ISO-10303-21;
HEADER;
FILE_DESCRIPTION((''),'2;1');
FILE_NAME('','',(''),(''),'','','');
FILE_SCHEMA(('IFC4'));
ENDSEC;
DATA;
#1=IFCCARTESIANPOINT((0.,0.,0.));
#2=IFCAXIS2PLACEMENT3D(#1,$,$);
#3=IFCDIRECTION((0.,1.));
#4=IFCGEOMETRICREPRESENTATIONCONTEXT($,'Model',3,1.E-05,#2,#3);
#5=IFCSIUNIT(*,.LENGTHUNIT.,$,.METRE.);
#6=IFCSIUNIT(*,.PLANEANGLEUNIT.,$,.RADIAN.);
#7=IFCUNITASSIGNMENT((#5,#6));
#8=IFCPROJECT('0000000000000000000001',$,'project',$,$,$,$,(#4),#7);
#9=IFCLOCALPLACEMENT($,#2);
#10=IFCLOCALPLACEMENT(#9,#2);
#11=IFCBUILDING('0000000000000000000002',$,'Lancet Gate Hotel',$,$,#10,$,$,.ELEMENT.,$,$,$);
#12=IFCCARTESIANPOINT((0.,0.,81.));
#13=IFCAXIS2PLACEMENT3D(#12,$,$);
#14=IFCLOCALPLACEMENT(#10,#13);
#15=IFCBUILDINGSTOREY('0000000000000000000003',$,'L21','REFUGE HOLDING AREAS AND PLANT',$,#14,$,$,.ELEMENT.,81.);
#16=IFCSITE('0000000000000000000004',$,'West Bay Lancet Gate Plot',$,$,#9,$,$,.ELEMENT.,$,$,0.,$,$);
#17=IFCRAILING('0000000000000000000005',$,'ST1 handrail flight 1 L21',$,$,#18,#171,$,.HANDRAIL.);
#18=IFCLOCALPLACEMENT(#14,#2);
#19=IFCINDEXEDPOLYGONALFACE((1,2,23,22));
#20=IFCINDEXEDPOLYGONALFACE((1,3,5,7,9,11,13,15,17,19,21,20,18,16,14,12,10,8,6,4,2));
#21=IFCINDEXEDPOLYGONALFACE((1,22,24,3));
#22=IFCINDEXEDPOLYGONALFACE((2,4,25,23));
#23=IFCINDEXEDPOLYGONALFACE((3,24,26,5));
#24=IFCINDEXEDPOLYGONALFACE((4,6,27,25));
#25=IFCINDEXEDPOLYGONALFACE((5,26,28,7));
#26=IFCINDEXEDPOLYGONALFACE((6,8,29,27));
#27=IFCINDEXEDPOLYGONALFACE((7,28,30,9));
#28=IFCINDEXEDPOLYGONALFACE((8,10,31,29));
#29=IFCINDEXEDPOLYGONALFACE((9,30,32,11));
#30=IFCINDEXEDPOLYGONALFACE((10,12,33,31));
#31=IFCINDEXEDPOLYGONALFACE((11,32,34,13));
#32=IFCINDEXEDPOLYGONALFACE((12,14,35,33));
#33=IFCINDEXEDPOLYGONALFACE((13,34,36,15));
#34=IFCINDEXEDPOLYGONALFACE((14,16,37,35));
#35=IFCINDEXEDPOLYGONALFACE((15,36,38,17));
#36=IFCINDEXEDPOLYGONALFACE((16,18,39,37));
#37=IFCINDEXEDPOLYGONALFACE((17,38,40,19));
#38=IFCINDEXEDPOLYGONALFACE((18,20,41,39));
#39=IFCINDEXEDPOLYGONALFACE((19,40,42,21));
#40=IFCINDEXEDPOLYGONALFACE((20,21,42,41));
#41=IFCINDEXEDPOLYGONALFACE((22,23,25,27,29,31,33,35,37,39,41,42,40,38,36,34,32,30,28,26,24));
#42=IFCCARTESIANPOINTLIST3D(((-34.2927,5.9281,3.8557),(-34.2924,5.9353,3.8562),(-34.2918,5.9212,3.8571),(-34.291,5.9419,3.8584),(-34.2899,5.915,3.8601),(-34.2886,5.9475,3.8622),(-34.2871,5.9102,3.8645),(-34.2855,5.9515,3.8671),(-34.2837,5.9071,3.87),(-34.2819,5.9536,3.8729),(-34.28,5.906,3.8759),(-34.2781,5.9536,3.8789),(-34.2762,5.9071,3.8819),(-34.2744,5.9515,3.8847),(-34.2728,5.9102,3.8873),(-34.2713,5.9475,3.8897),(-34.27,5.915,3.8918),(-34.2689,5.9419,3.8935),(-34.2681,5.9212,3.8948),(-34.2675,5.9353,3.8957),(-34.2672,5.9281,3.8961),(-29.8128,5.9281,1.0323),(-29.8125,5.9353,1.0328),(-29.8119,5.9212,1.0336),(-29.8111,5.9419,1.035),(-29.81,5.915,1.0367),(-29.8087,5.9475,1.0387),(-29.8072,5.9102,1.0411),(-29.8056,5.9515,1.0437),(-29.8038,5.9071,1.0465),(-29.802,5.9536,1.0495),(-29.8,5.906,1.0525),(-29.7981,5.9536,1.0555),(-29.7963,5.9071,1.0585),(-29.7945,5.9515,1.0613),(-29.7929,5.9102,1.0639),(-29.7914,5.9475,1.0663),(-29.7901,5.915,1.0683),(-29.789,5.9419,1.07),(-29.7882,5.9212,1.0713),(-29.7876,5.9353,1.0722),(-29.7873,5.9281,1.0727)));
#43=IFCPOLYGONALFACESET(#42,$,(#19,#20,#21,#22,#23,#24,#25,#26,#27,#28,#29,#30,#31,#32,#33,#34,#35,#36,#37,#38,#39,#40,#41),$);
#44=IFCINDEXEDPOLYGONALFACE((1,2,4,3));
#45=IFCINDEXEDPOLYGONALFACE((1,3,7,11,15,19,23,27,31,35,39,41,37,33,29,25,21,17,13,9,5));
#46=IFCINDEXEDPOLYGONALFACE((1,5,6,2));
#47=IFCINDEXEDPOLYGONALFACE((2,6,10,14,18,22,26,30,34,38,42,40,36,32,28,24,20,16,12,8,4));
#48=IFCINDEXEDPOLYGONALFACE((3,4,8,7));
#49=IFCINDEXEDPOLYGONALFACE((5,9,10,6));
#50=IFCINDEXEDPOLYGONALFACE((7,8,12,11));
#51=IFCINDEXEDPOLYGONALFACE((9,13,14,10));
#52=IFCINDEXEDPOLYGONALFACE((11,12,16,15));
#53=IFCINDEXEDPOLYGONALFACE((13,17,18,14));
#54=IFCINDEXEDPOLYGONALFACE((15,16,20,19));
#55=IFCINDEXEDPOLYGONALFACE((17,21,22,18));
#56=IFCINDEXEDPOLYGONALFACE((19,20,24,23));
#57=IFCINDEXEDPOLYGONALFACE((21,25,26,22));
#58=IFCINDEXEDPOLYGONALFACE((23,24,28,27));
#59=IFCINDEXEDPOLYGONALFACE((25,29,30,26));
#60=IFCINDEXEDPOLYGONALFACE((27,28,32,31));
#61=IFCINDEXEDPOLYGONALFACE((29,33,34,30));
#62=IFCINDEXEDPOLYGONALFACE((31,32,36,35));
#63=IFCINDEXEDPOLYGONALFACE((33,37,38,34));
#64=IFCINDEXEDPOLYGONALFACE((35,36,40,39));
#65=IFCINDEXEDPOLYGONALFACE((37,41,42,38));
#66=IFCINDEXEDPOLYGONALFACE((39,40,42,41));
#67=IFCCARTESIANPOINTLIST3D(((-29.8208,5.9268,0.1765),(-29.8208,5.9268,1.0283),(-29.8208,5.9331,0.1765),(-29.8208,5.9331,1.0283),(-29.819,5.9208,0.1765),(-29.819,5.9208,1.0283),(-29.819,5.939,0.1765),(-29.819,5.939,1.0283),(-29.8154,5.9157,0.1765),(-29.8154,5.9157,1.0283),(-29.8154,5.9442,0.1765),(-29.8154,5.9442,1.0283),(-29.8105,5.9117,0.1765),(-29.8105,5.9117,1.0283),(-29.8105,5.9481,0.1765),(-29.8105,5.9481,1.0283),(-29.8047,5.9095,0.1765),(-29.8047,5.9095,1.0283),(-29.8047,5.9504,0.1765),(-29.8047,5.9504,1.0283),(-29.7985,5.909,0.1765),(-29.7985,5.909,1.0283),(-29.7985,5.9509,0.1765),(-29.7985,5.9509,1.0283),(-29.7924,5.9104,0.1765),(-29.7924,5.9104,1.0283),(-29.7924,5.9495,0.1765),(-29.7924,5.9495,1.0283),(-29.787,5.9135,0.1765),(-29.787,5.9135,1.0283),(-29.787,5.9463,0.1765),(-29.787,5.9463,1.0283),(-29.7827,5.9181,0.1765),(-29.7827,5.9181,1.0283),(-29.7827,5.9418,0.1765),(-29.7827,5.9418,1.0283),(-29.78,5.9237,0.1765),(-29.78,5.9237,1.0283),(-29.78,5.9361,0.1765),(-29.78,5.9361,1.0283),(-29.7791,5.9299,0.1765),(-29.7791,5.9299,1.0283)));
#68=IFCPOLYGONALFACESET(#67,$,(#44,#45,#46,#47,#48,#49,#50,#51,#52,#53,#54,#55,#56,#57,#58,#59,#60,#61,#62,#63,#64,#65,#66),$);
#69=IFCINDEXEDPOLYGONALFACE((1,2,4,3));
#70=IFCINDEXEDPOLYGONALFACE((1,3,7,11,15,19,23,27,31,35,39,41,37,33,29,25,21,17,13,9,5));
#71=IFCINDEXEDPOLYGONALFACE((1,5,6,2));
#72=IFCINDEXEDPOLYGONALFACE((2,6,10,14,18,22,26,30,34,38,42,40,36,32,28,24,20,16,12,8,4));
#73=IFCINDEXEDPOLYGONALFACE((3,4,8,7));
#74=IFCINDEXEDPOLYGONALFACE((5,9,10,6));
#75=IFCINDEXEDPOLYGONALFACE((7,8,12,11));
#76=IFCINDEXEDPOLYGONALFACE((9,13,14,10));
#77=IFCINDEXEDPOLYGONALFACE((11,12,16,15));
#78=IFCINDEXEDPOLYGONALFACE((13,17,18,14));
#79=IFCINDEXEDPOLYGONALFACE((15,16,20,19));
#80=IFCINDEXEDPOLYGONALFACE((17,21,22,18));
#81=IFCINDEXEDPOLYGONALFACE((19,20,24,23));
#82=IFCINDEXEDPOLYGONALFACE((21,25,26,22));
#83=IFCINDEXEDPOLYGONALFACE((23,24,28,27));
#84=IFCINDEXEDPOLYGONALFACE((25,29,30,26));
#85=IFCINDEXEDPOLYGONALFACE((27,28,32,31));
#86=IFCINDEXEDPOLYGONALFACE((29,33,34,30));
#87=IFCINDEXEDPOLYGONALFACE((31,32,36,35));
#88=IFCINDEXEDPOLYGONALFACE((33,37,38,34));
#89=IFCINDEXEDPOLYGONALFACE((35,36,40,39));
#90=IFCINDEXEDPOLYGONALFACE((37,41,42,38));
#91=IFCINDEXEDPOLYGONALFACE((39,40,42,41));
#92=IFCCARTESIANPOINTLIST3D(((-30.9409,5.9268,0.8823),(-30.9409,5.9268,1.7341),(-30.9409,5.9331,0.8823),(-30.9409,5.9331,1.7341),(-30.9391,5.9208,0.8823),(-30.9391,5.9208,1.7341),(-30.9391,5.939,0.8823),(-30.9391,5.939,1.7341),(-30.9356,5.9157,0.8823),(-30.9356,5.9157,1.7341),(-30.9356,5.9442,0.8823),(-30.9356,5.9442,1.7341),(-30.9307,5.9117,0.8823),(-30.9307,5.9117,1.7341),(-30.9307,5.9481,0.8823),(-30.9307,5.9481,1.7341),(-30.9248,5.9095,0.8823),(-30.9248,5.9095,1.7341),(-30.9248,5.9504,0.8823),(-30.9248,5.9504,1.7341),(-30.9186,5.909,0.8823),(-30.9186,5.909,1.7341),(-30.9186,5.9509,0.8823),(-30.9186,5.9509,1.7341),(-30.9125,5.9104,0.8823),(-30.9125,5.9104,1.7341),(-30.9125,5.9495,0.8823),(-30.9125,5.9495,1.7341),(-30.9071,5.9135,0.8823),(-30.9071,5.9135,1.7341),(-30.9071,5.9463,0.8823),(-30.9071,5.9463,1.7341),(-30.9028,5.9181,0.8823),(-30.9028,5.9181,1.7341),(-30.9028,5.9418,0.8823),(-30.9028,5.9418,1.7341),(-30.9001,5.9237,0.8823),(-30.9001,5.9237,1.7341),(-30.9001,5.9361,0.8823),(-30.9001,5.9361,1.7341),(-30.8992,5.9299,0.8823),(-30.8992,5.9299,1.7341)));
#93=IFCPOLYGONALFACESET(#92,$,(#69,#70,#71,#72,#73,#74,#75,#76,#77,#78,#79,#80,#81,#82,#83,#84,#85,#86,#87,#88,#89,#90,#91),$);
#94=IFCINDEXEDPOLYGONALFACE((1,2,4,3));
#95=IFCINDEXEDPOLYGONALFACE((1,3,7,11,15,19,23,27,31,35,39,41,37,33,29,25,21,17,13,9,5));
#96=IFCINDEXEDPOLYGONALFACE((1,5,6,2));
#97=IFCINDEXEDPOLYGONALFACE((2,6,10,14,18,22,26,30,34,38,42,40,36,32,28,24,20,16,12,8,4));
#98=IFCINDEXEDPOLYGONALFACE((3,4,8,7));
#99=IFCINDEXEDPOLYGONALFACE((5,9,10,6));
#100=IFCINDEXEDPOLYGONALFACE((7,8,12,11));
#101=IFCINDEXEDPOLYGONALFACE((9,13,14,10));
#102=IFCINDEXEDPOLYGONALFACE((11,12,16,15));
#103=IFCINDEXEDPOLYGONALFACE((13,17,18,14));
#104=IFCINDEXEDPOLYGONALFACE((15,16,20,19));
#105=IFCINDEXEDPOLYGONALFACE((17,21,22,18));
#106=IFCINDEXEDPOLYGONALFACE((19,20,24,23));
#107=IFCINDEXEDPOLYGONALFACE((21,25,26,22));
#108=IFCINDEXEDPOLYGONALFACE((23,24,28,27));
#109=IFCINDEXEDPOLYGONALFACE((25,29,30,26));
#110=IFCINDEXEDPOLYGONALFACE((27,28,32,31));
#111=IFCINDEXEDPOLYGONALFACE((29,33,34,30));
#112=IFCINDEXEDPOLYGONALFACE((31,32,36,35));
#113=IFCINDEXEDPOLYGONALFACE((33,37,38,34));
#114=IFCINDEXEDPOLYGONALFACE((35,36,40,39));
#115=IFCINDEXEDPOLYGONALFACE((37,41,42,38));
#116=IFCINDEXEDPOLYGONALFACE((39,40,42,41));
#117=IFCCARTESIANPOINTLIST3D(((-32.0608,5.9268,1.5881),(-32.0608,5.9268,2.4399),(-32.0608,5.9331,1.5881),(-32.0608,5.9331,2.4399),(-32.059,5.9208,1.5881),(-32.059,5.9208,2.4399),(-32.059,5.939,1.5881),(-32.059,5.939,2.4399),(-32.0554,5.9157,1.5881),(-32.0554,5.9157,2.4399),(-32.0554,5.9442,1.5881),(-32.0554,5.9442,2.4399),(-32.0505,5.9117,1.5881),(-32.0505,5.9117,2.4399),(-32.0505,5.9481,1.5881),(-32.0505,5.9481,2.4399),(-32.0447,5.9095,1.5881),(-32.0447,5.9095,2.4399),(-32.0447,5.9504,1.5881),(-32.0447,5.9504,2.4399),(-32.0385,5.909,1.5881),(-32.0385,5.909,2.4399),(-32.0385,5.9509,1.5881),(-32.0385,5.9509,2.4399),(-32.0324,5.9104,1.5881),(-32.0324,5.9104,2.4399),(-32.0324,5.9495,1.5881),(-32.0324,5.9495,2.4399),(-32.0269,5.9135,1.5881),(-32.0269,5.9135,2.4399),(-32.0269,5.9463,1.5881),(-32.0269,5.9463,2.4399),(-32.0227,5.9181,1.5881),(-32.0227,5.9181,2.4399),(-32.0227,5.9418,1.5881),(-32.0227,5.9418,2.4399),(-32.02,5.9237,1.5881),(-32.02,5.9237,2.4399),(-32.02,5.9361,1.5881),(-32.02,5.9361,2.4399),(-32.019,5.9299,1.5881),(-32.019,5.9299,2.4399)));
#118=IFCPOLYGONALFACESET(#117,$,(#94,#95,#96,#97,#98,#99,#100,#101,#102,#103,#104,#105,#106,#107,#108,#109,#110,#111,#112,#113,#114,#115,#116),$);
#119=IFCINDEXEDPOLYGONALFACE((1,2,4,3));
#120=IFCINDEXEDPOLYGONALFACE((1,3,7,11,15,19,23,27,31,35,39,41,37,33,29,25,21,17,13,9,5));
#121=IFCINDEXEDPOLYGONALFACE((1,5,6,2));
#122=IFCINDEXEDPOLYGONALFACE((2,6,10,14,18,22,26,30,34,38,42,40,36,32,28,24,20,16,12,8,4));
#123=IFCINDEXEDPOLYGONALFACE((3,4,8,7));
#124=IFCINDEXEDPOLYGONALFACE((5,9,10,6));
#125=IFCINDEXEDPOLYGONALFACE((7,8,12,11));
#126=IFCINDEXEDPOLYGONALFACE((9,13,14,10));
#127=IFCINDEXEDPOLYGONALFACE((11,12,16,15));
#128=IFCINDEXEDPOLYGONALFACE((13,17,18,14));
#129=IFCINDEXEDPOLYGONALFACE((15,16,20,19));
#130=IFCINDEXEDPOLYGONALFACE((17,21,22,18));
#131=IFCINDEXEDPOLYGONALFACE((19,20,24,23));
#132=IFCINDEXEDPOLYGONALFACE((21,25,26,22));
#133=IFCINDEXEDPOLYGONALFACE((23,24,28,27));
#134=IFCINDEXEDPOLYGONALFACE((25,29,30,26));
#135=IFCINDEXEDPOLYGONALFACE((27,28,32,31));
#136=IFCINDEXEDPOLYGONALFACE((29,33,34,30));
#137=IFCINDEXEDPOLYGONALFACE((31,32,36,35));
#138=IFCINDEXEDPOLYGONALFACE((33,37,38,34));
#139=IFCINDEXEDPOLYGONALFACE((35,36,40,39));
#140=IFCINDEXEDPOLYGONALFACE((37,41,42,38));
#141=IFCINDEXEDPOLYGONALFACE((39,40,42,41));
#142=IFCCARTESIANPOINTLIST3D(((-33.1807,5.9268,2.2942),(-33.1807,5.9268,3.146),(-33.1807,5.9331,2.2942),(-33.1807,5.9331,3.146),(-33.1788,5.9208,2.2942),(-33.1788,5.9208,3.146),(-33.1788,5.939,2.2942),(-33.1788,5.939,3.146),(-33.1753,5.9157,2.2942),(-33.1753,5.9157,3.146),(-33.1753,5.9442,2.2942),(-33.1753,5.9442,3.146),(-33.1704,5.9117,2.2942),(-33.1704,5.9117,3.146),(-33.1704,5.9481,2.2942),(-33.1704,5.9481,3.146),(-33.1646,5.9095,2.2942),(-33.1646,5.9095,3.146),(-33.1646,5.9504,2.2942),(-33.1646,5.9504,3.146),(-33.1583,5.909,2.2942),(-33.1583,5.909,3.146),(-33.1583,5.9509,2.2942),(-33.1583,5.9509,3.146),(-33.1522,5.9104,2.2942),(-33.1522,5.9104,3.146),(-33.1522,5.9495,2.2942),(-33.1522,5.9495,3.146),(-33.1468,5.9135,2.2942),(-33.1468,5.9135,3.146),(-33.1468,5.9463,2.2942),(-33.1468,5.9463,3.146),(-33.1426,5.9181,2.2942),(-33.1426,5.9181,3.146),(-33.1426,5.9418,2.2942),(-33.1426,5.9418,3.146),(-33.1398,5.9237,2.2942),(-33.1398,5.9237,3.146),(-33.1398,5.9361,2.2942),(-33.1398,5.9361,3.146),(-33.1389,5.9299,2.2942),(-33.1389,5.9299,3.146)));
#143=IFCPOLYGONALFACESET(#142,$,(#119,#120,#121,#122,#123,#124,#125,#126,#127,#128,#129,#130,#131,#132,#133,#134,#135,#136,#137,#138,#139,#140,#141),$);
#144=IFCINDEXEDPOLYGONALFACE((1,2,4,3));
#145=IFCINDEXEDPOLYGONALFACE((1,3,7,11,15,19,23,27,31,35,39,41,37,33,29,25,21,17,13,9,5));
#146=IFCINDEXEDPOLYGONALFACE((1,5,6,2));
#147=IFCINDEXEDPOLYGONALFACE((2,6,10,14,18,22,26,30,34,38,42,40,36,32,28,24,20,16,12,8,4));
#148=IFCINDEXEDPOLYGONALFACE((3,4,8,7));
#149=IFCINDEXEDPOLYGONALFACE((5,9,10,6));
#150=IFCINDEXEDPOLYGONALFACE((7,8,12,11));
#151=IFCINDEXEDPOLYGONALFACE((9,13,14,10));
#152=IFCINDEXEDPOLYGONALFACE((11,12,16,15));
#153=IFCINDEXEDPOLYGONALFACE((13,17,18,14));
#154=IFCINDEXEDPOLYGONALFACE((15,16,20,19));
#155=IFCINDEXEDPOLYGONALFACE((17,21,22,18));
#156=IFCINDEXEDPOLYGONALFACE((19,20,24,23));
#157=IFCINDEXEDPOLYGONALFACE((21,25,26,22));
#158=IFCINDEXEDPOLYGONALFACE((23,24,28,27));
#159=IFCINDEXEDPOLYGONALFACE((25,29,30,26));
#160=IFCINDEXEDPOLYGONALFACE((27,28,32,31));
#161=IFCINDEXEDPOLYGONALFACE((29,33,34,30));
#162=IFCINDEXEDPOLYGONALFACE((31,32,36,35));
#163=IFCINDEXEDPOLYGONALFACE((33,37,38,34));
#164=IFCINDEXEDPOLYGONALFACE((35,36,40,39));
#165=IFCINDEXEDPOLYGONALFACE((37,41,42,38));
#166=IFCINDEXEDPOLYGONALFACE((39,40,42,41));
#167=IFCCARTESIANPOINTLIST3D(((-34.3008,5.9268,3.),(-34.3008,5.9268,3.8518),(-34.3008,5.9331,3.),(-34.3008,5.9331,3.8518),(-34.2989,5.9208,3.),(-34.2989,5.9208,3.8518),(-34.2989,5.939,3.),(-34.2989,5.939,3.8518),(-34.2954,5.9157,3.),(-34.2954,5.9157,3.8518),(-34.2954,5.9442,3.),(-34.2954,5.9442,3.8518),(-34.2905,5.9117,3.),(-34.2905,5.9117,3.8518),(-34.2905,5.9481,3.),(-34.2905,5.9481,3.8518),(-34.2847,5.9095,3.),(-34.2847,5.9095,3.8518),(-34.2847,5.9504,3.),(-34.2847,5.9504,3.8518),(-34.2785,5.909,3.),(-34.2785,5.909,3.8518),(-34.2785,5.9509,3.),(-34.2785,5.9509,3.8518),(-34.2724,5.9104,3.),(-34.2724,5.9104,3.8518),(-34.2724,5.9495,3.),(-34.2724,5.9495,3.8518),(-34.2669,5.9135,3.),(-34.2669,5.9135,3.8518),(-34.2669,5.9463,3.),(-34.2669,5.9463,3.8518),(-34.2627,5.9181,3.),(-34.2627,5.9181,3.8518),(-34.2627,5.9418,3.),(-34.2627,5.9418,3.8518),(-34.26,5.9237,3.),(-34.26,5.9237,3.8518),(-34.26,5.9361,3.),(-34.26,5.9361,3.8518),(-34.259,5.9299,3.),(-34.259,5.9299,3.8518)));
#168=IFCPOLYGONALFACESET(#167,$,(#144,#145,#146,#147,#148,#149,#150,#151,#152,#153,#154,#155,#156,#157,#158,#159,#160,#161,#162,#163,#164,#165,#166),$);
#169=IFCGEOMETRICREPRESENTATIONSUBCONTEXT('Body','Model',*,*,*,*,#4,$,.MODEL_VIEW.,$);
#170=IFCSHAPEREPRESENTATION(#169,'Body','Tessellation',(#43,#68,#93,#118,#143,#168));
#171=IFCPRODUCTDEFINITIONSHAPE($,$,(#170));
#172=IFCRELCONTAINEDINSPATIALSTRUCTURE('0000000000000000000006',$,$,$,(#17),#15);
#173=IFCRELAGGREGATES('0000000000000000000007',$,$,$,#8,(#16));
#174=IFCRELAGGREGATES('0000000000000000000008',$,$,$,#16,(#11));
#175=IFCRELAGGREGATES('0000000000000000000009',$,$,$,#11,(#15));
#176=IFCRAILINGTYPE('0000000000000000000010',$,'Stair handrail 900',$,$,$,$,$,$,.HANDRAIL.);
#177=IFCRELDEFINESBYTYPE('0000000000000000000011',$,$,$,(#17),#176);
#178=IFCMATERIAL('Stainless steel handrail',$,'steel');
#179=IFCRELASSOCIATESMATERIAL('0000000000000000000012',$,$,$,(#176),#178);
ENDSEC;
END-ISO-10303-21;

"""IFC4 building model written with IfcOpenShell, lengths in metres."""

from ifc_helpers import new_model, si_unit, direction, frame, origin, origin_2d, place, context, subcontext, project, spatial, circle, extrude, material, type_object, element, save


model = new_model("IFC4")

# Units and contexts
model_context = context("Model", 3, precision=1e-05, world=origin(), true_north=direction((0.0, 1.0)))
body_context = subcontext(model_context, "Body", "Model", "MODEL_VIEW")
ifc_project = project(units=[si_unit("LENGTHUNIT", "METRE"), si_unit("PLANEANGLEUNIT", "RADIAN")], contexts=[model_context])

# Site, building, storey
site_placement = place(None, origin())
site = spatial("IfcSite", under=ifc_project, at=site_placement, Name="West Bay Lancet Gate Plot", CompositionType="ELEMENT", RefElevation=0.0)
building_placement = place(site_placement, origin())
building = spatial("IfcBuilding", under=site, at=building_placement, Name="Lancet Gate Hotel", CompositionType="ELEMENT")
storey_placement = place(building_placement, frame((0.0, 0.0, 81.0)))
storey = spatial("IfcBuildingStorey", under=building, at=storey_placement, Name="L21", Description="REFUGE HOLDING AREAS AND PLANT", CompositionType="ELEMENT", Elevation=81.0)

# Railing
ifc_material_1 = material(Name="Stainless steel handrail", Category="steel")
railing_type = type_object("IfcRailingType", Name="Stair handrail 900", PredefinedType="HANDRAIL", material=ifc_material_1)
railing_1_placement = place(storey_placement, frame((-29.8, 5.9299, 0.1765)))
element("IfcRailing", 1, at=railing_1_placement, inside=storey, type_object=railing_type, Name="ST1 handrail flight 1 L21", PredefinedType="HANDRAIL", context=body_context, shape_type="SweptSolid", body=[
    extrude(circle(Radius=0.0239, at=origin_2d()), frame((0.0, 0.0, 0.876), z_axis=(-0.845998, 0.0, 0.533186), x_axis=(0.0, -1.0, 0.0)), (0.0, 0.0, 1.0), 5.2954),
    extrude(circle(Radius=0.021, at=origin_2d()), origin(), (0.0, 0.0, 1.0), 0.8518),
    extrude(circle(Radius=0.021, at=origin_2d()), frame((-1.1201, 0.0, 0.7058)), (0.0, 0.0, 1.0), 0.8518),
    extrude(circle(Radius=0.021, at=origin_2d()), frame((-2.24, 0.0, 1.4116)), (0.0, 0.0, 1.0), 0.8518),
    extrude(circle(Radius=0.021, at=origin_2d()), frame((-3.3599, 0.0, 2.1177)), (0.0, 0.0, 1.0), 0.8518),
    extrude(circle(Radius=0.021, at=origin_2d()), frame((-4.48, 0.0, 2.8235)), (0.0, 0.0, 1.0), 0.8518),
])

save(model, "model.ifc")
